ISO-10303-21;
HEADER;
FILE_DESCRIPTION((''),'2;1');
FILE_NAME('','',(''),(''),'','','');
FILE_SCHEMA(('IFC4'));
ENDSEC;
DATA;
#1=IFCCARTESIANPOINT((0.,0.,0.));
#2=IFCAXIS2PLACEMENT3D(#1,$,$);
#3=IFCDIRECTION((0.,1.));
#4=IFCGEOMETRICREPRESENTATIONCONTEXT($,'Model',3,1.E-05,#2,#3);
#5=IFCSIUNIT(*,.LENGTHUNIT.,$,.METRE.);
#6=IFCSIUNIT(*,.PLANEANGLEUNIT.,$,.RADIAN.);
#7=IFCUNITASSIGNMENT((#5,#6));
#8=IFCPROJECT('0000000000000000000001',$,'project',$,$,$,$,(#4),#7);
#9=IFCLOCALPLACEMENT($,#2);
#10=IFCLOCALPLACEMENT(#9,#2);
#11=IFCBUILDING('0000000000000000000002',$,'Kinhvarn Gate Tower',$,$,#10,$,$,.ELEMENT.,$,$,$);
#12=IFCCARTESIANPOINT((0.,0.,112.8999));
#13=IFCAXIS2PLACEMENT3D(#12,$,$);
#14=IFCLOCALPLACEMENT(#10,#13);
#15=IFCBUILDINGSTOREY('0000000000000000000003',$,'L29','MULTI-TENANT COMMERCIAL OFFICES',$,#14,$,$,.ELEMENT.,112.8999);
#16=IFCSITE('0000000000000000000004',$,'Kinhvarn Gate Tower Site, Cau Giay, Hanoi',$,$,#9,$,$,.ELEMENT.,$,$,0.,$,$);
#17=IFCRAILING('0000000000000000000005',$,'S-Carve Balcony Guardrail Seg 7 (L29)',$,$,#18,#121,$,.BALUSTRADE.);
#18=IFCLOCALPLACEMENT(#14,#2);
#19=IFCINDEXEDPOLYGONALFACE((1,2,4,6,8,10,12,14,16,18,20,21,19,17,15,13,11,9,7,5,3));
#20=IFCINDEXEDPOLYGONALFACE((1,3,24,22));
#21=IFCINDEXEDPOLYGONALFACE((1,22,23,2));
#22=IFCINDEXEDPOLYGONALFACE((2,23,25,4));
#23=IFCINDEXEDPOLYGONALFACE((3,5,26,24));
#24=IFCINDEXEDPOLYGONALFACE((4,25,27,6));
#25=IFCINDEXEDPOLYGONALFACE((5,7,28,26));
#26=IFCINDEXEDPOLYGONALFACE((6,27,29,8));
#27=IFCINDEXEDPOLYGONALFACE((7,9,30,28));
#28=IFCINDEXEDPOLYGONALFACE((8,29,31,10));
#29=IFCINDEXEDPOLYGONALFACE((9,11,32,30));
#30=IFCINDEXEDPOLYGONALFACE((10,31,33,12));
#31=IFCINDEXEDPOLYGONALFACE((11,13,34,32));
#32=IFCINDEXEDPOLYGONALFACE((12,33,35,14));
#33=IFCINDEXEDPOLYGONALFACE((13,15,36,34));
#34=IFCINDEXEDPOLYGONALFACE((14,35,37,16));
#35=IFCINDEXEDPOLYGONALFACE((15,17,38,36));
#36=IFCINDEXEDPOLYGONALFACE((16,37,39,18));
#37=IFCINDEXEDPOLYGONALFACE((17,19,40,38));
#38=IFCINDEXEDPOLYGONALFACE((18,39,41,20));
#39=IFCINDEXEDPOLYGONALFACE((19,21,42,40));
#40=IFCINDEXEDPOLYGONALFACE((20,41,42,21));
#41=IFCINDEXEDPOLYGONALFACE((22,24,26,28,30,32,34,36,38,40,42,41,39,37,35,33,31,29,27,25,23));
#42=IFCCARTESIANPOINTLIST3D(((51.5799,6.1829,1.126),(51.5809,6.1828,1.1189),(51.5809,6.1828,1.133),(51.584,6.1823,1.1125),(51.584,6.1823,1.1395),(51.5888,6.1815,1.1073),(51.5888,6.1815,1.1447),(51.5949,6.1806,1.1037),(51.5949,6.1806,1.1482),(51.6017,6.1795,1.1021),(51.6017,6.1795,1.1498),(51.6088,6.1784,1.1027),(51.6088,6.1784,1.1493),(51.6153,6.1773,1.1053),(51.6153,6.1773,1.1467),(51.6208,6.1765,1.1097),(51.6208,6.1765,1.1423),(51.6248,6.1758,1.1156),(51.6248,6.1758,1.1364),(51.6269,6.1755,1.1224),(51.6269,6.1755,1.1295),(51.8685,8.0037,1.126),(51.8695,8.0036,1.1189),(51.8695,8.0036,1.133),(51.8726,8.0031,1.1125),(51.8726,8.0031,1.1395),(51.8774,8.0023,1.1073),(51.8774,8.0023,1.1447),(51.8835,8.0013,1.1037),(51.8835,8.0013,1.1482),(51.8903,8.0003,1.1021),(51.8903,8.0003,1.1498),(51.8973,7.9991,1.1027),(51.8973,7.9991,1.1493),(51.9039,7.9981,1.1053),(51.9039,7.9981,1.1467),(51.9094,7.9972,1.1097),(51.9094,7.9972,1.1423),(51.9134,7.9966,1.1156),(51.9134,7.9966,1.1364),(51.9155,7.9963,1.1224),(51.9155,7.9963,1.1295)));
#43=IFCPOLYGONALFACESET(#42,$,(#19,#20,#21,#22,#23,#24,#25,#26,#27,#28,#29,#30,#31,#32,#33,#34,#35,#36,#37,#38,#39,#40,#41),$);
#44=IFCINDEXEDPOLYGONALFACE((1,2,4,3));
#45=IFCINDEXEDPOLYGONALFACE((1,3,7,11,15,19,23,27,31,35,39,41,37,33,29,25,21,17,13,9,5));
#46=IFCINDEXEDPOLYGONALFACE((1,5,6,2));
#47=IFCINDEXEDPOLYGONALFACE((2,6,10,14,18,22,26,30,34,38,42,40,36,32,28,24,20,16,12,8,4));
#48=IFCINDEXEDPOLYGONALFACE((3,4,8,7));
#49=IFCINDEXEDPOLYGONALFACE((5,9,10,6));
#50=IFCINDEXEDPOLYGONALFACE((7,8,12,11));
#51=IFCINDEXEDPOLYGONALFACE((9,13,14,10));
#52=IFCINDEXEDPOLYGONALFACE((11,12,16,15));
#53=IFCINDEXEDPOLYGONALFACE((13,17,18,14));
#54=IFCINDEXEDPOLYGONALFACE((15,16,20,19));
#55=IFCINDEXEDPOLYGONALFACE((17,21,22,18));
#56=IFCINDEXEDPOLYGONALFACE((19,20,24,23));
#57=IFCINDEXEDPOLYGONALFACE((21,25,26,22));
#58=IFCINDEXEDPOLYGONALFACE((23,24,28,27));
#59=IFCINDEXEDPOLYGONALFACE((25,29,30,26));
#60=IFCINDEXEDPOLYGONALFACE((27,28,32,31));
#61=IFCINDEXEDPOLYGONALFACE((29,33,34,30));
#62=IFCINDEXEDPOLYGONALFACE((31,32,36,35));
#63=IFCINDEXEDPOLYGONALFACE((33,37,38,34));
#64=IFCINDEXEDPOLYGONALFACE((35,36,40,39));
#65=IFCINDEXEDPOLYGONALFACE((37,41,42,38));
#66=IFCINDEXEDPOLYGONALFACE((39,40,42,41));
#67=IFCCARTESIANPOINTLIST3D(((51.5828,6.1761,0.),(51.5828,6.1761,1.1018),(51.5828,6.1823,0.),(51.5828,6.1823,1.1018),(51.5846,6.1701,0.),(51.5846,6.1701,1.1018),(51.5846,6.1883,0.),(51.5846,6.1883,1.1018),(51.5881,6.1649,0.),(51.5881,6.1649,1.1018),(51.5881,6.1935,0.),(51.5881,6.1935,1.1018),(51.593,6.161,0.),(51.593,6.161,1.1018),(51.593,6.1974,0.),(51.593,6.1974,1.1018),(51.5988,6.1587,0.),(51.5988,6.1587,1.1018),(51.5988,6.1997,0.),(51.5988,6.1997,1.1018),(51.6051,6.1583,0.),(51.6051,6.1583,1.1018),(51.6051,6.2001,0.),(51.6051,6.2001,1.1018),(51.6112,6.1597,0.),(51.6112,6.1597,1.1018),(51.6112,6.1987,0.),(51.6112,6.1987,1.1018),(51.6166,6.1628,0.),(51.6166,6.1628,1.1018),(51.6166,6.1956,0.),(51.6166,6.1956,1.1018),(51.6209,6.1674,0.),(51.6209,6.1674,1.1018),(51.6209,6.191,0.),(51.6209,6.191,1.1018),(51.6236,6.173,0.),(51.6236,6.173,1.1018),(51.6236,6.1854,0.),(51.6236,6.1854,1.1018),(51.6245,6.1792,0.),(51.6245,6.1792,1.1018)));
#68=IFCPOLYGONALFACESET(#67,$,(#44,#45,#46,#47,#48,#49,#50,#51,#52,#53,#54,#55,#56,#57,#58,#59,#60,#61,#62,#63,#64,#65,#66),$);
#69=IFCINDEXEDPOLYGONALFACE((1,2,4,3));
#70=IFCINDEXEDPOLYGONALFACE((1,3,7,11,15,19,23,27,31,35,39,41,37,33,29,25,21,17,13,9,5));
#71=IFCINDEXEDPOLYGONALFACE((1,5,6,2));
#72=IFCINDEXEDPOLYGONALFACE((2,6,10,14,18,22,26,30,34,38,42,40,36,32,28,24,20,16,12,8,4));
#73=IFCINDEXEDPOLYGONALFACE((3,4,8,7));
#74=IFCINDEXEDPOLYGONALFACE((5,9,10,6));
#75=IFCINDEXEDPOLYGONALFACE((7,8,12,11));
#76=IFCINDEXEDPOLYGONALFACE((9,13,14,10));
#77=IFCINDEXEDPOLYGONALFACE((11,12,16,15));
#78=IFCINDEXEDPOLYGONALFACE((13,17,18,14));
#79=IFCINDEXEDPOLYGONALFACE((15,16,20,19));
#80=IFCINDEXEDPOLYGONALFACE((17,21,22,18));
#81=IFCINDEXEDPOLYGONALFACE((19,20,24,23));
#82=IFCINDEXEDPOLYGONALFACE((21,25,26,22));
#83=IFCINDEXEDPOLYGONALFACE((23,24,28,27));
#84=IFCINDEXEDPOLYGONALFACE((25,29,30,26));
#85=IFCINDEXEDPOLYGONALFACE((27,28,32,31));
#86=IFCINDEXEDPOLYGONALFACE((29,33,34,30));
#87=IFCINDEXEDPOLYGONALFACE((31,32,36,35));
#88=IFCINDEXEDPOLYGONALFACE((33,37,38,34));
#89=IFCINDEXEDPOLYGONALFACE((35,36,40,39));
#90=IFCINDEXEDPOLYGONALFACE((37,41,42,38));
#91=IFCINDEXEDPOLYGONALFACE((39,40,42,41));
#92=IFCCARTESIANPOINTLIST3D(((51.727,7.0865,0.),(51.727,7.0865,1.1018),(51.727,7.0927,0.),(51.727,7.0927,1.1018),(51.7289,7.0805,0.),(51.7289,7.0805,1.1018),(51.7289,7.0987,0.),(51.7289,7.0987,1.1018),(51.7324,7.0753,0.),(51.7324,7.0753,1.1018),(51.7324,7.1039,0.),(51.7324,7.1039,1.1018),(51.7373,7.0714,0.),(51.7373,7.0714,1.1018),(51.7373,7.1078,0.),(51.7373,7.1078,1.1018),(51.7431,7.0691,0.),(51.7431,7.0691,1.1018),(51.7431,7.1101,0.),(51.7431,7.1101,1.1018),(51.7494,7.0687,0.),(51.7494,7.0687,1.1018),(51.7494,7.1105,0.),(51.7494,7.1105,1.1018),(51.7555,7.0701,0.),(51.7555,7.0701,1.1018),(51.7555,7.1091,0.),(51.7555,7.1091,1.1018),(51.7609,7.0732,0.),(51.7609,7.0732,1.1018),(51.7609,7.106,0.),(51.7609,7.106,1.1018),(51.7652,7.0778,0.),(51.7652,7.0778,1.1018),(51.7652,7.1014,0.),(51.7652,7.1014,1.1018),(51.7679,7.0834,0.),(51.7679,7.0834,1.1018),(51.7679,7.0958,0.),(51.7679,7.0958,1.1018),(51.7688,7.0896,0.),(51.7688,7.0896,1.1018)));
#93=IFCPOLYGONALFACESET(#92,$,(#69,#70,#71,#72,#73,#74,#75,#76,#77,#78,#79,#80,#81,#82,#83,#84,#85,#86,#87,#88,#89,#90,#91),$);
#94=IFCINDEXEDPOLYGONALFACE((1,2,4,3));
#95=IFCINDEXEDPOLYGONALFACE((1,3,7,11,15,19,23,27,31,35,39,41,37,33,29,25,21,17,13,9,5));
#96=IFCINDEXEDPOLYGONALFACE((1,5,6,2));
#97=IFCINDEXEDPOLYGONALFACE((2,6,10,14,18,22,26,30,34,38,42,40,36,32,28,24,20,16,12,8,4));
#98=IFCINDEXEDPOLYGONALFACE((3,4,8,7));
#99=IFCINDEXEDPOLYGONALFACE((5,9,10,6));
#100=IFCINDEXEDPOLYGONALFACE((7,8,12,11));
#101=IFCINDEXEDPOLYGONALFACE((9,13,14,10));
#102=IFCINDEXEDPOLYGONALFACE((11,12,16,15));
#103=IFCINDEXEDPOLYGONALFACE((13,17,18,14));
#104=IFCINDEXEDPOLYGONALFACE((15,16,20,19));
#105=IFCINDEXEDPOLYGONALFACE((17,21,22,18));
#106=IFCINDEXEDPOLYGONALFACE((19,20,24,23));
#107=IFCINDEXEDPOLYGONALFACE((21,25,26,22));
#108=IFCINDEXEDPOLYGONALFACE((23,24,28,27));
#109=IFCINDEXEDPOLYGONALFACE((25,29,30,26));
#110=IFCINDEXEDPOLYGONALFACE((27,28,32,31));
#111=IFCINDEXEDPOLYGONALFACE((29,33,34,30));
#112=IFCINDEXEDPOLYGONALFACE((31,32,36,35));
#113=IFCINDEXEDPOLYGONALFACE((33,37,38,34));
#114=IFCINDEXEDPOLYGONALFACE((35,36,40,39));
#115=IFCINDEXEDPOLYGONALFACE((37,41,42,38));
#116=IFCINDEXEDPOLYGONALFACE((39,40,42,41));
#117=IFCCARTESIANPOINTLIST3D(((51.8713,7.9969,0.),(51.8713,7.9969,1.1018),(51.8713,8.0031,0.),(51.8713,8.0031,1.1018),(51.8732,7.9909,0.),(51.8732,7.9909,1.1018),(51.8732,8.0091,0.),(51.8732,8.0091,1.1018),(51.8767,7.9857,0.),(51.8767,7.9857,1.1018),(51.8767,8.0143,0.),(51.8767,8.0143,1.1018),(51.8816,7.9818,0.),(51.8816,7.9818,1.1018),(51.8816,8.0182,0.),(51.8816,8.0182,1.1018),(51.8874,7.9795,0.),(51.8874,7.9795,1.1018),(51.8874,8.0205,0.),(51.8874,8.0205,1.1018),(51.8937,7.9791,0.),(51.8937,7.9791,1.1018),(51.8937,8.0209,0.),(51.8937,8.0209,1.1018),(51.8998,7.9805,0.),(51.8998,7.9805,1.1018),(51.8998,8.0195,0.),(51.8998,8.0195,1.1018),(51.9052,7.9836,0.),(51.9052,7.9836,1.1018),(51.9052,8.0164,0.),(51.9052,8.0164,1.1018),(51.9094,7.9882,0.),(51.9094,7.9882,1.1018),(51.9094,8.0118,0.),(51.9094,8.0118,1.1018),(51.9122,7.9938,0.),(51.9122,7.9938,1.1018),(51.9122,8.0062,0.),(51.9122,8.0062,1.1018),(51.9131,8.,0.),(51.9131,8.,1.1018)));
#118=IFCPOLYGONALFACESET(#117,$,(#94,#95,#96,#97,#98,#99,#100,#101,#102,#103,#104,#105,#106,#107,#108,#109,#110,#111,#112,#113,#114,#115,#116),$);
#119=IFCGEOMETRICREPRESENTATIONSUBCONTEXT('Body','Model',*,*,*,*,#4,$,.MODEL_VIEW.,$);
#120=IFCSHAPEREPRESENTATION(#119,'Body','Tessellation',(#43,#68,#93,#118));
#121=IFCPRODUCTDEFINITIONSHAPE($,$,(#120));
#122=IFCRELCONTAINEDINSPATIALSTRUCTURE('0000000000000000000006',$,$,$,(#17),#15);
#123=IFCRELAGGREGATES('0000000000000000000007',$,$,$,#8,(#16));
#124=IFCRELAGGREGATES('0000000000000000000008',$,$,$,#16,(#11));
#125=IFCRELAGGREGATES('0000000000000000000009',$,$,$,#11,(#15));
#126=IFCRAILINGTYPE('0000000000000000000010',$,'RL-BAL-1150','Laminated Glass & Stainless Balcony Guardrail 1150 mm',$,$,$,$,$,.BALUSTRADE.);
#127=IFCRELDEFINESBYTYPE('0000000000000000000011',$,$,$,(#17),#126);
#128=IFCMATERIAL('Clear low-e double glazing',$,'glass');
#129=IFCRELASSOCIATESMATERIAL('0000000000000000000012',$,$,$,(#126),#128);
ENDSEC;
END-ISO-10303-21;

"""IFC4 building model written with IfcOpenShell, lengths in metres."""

from ifc_helpers import new_model, si_unit, direction, frame, origin, origin_2d, place, context, subcontext, project, spatial, circle, extrude, material, type_object, element, save


model = new_model("IFC4")

# Units and contexts
model_context = context("Model", 3, precision=1e-05, world=origin(), true_north=direction((0.0, 1.0)))
body_context = subcontext(model_context, "Body", "Model", "MODEL_VIEW")
ifc_project = project(units=[si_unit("LENGTHUNIT", "METRE"), si_unit("PLANEANGLEUNIT", "RADIAN")], contexts=[model_context])

# Site, building, storey
site_placement = place(None, origin())
site = spatial("IfcSite", under=ifc_project, at=site_placement, Name="Kinhvarn Gate Tower Site, Cau Giay, Hanoi", CompositionType="ELEMENT", RefElevation=0.0)
building_placement = place(site_placement, origin())
building = spatial("IfcBuilding", under=site, at=building_placement, Name="Kinhvarn Gate Tower", CompositionType="ELEMENT")
storey_placement = place(building_placement, frame((0.0, 0.0, 112.8999)))
storey = spatial("IfcBuildingStorey", under=building, at=storey_placement, Name="L29", Description="MULTI-TENANT COMMERCIAL OFFICES", CompositionType="ELEMENT", Elevation=112.8999)

# Shared definitions
ifc_material_1 = material(Name="Clear low-e double glazing", Category="glass")

# Railing
railing_type = type_object("IfcRailingType", Name="RL-BAL-1150", Description="Laminated Glass & Stainless Balcony Guardrail 1150 mm", PredefinedType="BALUSTRADE", material=ifc_material_1)
railing_1_placement = place(storey_placement, frame((51.6035, 6.1792, 0.0)))
element("IfcRailing", 1, at=railing_1_placement, inside=storey, type_object=railing_type, Name="S-Carve Balcony Guardrail Seg 7 (L29)", PredefinedType="BALUSTRADE", context=body_context, shape_type="SweptSolid", body=[
    extrude(circle(Radius=0.0239, at=origin_2d()), frame((0.0, 0.0, 1.126), z_axis=(0.156534, 0.987673, 0.0), x_axis=(-0.987673, 0.156534, 0.0)), (0.0, 0.0, 1.0), 1.8435),
    extrude(circle(Radius=0.021, at=origin_2d()), origin(), (0.0, 0.0, 1.0), 1.1018),
    extrude(circle(Radius=0.021, at=origin_2d()), frame((0.1443, 0.9104, 0.0)), (0.0, 0.0, 1.0), 1.1018),
    extrude(circle(Radius=0.021, at=origin_2d()), frame((0.2886, 1.8208, 0.0)), (0.0, 0.0, 1.0), 1.1018),
])

save(model, "model.ifc")
